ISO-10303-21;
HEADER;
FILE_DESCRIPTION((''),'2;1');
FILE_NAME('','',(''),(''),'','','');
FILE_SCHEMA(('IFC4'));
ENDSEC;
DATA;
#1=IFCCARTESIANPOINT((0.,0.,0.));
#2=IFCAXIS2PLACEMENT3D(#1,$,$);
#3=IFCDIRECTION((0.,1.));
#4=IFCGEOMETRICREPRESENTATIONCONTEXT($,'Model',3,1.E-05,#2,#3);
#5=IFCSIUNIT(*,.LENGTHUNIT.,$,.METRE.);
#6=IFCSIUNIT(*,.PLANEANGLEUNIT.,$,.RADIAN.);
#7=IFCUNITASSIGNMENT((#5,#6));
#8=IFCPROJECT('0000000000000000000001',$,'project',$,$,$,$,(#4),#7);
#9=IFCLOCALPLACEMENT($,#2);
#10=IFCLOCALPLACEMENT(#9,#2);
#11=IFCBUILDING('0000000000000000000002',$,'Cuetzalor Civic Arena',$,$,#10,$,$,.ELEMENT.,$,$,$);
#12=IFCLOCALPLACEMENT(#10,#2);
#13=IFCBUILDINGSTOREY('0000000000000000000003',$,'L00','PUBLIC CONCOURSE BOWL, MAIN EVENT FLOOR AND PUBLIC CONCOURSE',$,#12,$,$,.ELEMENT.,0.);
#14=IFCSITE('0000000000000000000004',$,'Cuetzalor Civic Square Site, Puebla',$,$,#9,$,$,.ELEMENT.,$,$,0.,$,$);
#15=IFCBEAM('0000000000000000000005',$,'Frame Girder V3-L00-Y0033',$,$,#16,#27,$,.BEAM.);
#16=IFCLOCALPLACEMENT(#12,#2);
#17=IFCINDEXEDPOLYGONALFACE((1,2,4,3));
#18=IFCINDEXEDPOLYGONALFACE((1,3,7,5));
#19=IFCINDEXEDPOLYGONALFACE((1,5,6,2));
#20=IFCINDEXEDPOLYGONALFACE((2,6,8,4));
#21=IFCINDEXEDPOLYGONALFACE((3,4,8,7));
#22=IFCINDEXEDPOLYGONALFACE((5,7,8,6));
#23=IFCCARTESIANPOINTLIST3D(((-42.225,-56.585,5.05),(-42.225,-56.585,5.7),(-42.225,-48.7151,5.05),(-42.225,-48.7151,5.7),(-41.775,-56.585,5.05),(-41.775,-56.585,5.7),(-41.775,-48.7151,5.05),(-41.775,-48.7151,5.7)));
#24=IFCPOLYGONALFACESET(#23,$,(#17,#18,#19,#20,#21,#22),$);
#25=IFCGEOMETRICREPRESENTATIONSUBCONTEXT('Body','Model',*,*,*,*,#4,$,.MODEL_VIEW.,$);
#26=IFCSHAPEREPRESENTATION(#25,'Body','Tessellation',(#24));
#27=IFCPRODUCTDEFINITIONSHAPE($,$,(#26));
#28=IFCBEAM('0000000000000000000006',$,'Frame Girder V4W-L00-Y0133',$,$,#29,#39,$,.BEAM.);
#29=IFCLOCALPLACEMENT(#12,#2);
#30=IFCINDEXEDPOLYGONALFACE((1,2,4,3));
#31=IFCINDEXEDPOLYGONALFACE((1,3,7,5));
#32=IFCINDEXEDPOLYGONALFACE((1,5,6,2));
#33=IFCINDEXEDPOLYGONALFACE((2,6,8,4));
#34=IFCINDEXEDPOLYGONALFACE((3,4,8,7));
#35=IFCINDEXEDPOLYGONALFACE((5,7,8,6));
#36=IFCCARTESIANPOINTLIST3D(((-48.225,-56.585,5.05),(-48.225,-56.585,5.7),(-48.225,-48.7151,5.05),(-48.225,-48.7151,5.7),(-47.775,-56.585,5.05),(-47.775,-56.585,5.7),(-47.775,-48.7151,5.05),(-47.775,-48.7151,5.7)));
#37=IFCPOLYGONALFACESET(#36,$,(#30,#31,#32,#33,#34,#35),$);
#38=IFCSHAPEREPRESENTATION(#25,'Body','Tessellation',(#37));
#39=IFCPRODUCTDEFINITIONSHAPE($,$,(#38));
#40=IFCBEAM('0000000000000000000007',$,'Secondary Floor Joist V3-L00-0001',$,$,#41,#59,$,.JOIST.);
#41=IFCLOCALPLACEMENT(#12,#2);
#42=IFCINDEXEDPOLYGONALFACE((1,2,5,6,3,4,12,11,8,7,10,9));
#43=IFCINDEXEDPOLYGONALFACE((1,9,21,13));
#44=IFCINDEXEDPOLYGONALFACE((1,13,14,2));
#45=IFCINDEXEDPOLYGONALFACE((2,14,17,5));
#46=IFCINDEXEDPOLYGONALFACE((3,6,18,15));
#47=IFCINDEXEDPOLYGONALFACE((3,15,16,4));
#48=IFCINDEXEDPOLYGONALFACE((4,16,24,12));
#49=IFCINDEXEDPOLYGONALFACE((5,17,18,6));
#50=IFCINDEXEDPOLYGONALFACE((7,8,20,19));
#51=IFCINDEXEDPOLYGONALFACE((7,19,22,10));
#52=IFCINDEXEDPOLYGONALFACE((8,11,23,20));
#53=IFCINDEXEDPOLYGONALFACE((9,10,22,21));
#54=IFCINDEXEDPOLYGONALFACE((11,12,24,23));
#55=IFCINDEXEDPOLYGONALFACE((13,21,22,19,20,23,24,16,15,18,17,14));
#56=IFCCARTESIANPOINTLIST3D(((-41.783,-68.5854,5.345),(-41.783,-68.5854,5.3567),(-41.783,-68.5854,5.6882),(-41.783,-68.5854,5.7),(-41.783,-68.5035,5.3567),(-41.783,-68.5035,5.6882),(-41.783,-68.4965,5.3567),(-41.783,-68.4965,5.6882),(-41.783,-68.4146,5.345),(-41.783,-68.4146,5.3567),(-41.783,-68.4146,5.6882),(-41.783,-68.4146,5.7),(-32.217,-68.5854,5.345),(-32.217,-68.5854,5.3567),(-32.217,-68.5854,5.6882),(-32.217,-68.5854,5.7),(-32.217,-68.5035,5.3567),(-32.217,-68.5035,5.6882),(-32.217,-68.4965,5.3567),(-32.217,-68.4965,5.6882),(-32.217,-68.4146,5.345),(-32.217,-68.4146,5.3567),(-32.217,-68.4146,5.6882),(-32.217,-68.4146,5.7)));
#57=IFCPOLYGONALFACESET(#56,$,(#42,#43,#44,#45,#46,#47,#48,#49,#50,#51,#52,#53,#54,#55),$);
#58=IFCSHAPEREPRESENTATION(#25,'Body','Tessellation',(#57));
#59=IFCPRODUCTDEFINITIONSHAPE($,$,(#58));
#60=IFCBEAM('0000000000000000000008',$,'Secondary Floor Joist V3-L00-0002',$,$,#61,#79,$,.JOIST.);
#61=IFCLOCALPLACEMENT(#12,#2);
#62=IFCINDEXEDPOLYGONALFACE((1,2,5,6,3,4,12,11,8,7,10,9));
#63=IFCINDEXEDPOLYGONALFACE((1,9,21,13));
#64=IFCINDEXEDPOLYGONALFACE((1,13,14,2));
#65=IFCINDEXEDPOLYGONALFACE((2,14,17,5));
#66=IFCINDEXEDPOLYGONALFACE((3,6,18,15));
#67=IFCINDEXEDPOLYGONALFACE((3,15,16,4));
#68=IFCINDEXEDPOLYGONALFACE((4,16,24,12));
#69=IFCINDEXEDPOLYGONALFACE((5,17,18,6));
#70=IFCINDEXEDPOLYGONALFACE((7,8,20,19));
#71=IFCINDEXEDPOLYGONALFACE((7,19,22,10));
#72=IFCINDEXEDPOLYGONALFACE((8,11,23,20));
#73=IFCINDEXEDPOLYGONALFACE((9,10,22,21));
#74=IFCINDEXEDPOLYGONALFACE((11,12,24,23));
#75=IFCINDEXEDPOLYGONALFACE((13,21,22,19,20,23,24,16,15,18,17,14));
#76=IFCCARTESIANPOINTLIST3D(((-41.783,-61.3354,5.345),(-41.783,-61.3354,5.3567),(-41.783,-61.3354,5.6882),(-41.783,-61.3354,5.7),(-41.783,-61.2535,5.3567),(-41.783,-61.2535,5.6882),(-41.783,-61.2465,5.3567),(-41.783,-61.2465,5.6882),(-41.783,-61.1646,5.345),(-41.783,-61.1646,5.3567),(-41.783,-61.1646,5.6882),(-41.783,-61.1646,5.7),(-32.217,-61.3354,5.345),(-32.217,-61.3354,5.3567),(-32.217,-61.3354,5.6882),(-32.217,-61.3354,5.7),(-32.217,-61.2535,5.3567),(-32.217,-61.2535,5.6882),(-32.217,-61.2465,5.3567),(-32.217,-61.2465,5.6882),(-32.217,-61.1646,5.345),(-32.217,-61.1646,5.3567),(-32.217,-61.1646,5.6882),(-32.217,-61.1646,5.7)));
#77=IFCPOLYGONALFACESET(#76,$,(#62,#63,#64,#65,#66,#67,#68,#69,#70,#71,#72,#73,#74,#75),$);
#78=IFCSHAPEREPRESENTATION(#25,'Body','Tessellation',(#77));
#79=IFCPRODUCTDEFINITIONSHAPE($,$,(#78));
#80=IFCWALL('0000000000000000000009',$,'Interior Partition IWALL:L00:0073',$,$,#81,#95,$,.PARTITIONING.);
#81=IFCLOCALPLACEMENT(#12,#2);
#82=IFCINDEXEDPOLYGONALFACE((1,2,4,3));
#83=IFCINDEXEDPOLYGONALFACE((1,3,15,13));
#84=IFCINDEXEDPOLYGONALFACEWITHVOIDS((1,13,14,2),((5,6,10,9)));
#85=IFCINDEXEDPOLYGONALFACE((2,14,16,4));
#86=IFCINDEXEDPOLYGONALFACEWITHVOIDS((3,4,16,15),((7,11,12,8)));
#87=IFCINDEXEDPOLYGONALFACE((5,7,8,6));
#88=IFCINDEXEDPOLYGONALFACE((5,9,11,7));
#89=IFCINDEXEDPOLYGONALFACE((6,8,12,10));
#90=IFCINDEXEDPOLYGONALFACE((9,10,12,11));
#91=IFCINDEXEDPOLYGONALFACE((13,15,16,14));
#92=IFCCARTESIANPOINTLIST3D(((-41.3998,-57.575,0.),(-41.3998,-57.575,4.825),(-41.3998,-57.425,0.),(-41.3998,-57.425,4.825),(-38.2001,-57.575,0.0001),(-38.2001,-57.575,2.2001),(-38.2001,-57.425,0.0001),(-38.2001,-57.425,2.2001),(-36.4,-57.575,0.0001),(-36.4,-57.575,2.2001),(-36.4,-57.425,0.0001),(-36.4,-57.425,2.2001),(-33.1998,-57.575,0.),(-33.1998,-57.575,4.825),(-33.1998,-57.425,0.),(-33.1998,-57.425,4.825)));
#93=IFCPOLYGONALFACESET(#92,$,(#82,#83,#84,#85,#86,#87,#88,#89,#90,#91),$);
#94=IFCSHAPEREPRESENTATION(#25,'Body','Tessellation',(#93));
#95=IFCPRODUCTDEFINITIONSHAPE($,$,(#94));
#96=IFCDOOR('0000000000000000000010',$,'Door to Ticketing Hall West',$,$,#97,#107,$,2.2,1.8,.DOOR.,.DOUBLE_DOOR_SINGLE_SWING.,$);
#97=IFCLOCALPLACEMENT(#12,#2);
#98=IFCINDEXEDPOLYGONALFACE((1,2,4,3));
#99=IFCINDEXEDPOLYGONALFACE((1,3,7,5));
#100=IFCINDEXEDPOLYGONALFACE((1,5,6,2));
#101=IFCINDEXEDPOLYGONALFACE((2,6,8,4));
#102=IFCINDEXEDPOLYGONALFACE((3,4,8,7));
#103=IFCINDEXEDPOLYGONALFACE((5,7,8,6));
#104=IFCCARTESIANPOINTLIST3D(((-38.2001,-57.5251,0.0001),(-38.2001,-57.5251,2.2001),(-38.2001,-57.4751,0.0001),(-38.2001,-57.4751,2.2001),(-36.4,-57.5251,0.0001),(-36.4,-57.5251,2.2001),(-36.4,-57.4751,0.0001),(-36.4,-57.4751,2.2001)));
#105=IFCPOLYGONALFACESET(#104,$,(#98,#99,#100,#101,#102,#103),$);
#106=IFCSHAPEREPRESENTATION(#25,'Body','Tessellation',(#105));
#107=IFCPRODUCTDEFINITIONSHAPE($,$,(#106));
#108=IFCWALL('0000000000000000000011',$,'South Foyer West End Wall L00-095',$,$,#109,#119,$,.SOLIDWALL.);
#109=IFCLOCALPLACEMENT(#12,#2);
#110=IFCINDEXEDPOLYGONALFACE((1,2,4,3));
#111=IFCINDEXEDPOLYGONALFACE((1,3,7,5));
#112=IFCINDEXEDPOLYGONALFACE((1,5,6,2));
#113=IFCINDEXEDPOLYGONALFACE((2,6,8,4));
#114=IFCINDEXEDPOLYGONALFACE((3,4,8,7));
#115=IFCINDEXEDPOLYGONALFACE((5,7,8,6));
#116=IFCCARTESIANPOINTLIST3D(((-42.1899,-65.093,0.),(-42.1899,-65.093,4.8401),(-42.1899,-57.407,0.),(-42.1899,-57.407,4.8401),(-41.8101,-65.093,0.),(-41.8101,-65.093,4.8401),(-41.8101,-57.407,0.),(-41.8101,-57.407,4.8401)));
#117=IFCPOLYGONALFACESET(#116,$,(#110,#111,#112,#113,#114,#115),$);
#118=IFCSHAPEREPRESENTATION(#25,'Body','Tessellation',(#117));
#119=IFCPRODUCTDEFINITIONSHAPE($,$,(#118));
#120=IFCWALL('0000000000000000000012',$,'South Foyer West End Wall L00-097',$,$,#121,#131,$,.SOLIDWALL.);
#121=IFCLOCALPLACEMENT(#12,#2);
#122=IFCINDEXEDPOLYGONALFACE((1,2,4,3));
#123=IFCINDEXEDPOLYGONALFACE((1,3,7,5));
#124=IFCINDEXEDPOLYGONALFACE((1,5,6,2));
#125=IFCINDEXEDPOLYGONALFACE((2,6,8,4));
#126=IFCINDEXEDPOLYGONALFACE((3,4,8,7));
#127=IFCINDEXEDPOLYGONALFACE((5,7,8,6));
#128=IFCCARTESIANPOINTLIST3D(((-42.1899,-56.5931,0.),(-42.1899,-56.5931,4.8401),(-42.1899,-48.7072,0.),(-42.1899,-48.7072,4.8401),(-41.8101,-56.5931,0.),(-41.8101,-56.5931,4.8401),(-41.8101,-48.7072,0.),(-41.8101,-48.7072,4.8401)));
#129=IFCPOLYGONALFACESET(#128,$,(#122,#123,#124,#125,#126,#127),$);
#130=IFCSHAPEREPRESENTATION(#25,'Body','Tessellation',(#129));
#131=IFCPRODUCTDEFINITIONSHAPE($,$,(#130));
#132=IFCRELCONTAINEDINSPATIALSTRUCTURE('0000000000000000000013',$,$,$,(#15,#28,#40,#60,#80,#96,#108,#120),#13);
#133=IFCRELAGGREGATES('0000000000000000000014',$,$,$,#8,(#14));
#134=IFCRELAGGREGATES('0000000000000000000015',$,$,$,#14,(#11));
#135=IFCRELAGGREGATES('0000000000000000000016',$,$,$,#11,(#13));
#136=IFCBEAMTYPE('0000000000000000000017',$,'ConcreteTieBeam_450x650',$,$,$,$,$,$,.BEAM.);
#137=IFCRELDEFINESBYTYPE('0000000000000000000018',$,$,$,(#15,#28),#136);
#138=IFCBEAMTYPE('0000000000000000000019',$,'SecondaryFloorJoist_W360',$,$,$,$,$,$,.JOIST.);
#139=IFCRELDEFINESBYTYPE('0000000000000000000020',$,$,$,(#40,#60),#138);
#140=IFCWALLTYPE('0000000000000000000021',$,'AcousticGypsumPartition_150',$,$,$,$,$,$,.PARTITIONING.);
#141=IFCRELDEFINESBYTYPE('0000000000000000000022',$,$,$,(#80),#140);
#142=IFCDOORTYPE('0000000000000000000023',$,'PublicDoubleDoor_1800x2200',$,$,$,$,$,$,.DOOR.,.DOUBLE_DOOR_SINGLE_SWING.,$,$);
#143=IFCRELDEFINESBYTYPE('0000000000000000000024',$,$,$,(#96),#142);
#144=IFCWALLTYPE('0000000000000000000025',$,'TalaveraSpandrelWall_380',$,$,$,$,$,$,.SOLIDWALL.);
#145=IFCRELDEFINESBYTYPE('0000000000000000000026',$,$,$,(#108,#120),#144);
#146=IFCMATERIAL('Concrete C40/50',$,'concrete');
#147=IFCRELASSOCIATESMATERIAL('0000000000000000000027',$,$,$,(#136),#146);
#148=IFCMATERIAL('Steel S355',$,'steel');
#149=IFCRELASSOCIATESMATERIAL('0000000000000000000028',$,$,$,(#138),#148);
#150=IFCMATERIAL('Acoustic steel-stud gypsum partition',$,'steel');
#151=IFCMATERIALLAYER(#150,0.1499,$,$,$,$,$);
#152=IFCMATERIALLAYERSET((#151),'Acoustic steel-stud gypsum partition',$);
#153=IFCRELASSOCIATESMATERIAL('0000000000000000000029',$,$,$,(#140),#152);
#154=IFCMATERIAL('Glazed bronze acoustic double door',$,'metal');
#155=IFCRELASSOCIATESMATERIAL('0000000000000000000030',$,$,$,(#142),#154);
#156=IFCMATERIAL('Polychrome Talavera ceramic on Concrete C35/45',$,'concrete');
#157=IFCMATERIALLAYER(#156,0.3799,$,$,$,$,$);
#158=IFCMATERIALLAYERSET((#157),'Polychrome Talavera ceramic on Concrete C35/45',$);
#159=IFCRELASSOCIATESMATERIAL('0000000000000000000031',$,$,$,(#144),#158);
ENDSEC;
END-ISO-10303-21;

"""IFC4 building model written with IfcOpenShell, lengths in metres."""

from ifc_helpers import new_model, si_unit, direction, frame, frame_2d, origin, origin_2d, place, context, subcontext, project, spatial, rectangle, i_section, extrude, material, layer, layer_set, material_profile, profile_set, type_object, element, fill, save


model = new_model("IFC4")

# Units and contexts
model_context = context("Model", 3, precision=1e-05, world=origin(), true_north=direction((0.0, 1.0)))
body_context = subcontext(model_context, "Body", "Model", "MODEL_VIEW")
ifc_project = project(units=[si_unit("LENGTHUNIT", "METRE"), si_unit("PLANEANGLEUNIT", "RADIAN")], contexts=[model_context])

# Site, building, storey
site_placement = place(None, origin())
site = spatial("IfcSite", under=ifc_project, at=site_placement, Name="Cuetzalor Civic Square Site, Puebla", CompositionType="ELEMENT", RefElevation=0.0)
building_placement = place(site_placement, origin())
building = spatial("IfcBuilding", under=site, at=building_placement, Name="Cuetzalor Civic Arena", CompositionType="ELEMENT")
storey_placement = place(building_placement, origin())
storey = spatial("IfcBuildingStorey", under=building, at=storey_placement, Name="L00", Description="PUBLIC CONCOURSE BOWL, MAIN EVENT FLOOR AND PUBLIC CONCOURSE", CompositionType="ELEMENT", Elevation=0.0)

# Beams
ifc_material_1 = material(Name="Concrete C40/50", Category="concrete")
ifc_material_profile_1 = material_profile(ifc_material_1, rectangle(XDim=0.45, YDim=0.6499, at=origin_2d()), Name="RC 450x650")
ifc_profile_set_1 = profile_set([ifc_material_profile_1], Name="Concrete C40/50")
beam_type_1 = type_object("IfcBeamType", Name="ConcreteTieBeam_450x650", PredefinedType="BEAM", material=ifc_profile_set_1)
for number, where, z_axis, x_axis, name in (
    (1, (-42.0, -56.585, 5.375), (0.0, 1.0, 0.0), (-1.0, 0.0, 0.0), "Frame Girder V3-L00-Y0033"),
    (2, (-48.0, -56.585, 5.375), (0.0, 1.0, 0.0), (-1.0, 0.0, 0.0), "Frame Girder V4W-L00-Y0133"),
):
    element("IfcBeam", number, at=place(storey_placement, frame(where, z_axis=z_axis, x_axis=x_axis)), inside=storey, type_object=beam_type_1, Name=name, PredefinedType="BEAM", context=body_context, shape_type="SweptSolid", body=[
        extrude(rectangle(XDim=0.45, YDim=0.6499, at=origin_2d()), origin(), (0.0, 0.0, 1.0), 7.8699),
    ])
ifc_material_2 = material(Name="Steel S355", Category="steel")
ifc_material_profile_2 = material_profile(ifc_material_2, i_section(OverallWidth=0.1709, OverallDepth=0.355, WebThickness=0.0071, FlangeThickness=0.0117, at=origin_2d()), Name="W360x51")
ifc_profile_set_2 = profile_set([ifc_material_profile_2], Name="Steel S355")
beam_type_2 = type_object("IfcBeamType", Name="SecondaryFloorJoist_W360", PredefinedType="JOIST", material=ifc_profile_set_2)
for number, where, z_axis, x_axis, name in (
    (3, (-41.783, -68.5, 5.5225), (1.0, 0.0, 0.0), (0.0, 1.0, 0.0), "Secondary Floor Joist V3-L00-0001"),
    (4, (-41.783, -61.25, 5.5225), (1.0, 0.0, 0.0), (0.0, 1.0, 0.0), "Secondary Floor Joist V3-L00-0002"),
):
    element("IfcBeam", number, at=place(storey_placement, frame(where, z_axis=z_axis, x_axis=x_axis)), inside=storey, type_object=beam_type_2, Name=name, PredefinedType="JOIST", context=body_context, shape_type="SweptSolid", body=[
        extrude(i_section(OverallWidth=0.1709, OverallDepth=0.355, WebThickness=0.0071, FlangeThickness=0.0117, at=origin_2d()), origin(), (0.0, 0.0, 1.0), 9.5659),
    ])

# Wall, opening, door
ifc_material_3 = material(Name="Acoustic steel-stud gypsum partition", Category="steel")
ifc_layer_1 = layer(ifc_material_3, 0.1499)
ifc_layer_set_1 = layer_set([ifc_layer_1], Name="Acoustic steel-stud gypsum partition")
wall_type_1 = type_object("IfcWallType", Name="AcousticGypsumPartition_150", PredefinedType="PARTITIONING", material=ifc_layer_set_1)
wall_1_placement = place(storey_placement, frame((-41.3999, -57.5, 0.0), z_axis=(0.0, 0.0, 1.0), x_axis=(1.0, 0.0, 0.0)))
wall_1 = element("IfcWall", 5, at=wall_1_placement, inside=storey, type_object=wall_type_1, Name="Interior Partition IWALL:L00:0073", PredefinedType="PARTITIONING", context=body_context, shape_type="SweptSolid", body=[
    extrude(rectangle(XDim=8.2, YDim=0.1499, at=frame_2d((4.1001, 0.0))), origin(), (0.0, 0.0, 1.0), 4.825),
])
opening_placement = place(wall_1_placement, frame((3.2, 0.0, 0.0)))
opening = element("IfcOpeningElement", 6, at=opening_placement, cuts=wall_1, PredefinedType="OPENING", context=body_context, shape_type="SweptSolid", body=[
    extrude(rectangle(XDim=1.8, YDim=2.2, at=frame_2d((0.8999, 1.1001))), frame((0.0, 0.085, 0.0), z_axis=(0.0, -1.0, 0.0), x_axis=(1.0, 0.0, 0.0)), (0.0, 0.0, 1.0), 0.1699),
])
ifc_material_4 = material(Name="Glazed bronze acoustic double door", Category="metal")
door_type = type_object("IfcDoorType", Name="PublicDoubleDoor_1800x2200", OperationType="DOUBLE_DOOR_SINGLE_SWING", PredefinedType="DOOR", material=ifc_material_4)
door_placement = place(opening_placement, origin())
door = element("IfcDoor", 7, at=door_placement, inside=storey, type_object=door_type, Name="Door to Ticketing Hall West", OperationType="DOUBLE_DOOR_SINGLE_SWING", OverallHeight=2.2, OverallWidth=1.8, PredefinedType="DOOR", context=body_context, shape_type="SweptSolid", body=[
    extrude(rectangle(XDim=1.8, YDim=2.2, at=frame_2d((0.8999, 1.1001))), frame((0.0, 0.0249, 0.0), z_axis=(0.0, -1.0, 0.0), x_axis=(1.0, 0.0, 0.0)), (0.0, 0.0, 1.0), 0.05),
])
fill(opening, door)

# Walls
ifc_material_5 = material(Name="Polychrome Talavera ceramic on Concrete C35/45", Category="concrete")
ifc_layer_2 = layer(ifc_material_5, 0.3799)
ifc_layer_set_2 = layer_set([ifc_layer_2], Name="Polychrome Talavera ceramic on Concrete C35/45")
wall_type_2 = type_object("IfcWallType", Name="TalaveraSpandrelWall_380", PredefinedType="SOLIDWALL", material=ifc_layer_set_2)
wall_2_placement = place(storey_placement, frame((-42.0, -65.093, 0.0), z_axis=(0.0, 0.0, 1.0), x_axis=(0.0, 1.0, 0.0)))
element("IfcWall", 8, at=wall_2_placement, inside=storey, type_object=wall_type_2, Name="South Foyer West End Wall L00-095", PredefinedType="SOLIDWALL", context=body_context, shape_type="SweptSolid", body=[
    extrude(rectangle(XDim=7.686, YDim=0.3799, at=frame_2d((3.843, 0.0))), origin(), (0.0, 0.0, 1.0), 4.8401),
])
wall_3_placement = place(storey_placement, frame((-42.0, -56.593, 0.0), z_axis=(0.0, 0.0, 1.0), x_axis=(0.0, 1.0, 0.0)))
element("IfcWall", 9, at=wall_3_placement, inside=storey, type_object=wall_type_2, Name="South Foyer West End Wall L00-097", PredefinedType="SOLIDWALL", context=body_context, shape_type="SweptSolid", body=[
    extrude(rectangle(XDim=7.886, YDim=0.3799, at=frame_2d((3.9429, 0.0))), origin(), (0.0, 0.0, 1.0), 4.8401),
])

save(model, "model.ifc")
